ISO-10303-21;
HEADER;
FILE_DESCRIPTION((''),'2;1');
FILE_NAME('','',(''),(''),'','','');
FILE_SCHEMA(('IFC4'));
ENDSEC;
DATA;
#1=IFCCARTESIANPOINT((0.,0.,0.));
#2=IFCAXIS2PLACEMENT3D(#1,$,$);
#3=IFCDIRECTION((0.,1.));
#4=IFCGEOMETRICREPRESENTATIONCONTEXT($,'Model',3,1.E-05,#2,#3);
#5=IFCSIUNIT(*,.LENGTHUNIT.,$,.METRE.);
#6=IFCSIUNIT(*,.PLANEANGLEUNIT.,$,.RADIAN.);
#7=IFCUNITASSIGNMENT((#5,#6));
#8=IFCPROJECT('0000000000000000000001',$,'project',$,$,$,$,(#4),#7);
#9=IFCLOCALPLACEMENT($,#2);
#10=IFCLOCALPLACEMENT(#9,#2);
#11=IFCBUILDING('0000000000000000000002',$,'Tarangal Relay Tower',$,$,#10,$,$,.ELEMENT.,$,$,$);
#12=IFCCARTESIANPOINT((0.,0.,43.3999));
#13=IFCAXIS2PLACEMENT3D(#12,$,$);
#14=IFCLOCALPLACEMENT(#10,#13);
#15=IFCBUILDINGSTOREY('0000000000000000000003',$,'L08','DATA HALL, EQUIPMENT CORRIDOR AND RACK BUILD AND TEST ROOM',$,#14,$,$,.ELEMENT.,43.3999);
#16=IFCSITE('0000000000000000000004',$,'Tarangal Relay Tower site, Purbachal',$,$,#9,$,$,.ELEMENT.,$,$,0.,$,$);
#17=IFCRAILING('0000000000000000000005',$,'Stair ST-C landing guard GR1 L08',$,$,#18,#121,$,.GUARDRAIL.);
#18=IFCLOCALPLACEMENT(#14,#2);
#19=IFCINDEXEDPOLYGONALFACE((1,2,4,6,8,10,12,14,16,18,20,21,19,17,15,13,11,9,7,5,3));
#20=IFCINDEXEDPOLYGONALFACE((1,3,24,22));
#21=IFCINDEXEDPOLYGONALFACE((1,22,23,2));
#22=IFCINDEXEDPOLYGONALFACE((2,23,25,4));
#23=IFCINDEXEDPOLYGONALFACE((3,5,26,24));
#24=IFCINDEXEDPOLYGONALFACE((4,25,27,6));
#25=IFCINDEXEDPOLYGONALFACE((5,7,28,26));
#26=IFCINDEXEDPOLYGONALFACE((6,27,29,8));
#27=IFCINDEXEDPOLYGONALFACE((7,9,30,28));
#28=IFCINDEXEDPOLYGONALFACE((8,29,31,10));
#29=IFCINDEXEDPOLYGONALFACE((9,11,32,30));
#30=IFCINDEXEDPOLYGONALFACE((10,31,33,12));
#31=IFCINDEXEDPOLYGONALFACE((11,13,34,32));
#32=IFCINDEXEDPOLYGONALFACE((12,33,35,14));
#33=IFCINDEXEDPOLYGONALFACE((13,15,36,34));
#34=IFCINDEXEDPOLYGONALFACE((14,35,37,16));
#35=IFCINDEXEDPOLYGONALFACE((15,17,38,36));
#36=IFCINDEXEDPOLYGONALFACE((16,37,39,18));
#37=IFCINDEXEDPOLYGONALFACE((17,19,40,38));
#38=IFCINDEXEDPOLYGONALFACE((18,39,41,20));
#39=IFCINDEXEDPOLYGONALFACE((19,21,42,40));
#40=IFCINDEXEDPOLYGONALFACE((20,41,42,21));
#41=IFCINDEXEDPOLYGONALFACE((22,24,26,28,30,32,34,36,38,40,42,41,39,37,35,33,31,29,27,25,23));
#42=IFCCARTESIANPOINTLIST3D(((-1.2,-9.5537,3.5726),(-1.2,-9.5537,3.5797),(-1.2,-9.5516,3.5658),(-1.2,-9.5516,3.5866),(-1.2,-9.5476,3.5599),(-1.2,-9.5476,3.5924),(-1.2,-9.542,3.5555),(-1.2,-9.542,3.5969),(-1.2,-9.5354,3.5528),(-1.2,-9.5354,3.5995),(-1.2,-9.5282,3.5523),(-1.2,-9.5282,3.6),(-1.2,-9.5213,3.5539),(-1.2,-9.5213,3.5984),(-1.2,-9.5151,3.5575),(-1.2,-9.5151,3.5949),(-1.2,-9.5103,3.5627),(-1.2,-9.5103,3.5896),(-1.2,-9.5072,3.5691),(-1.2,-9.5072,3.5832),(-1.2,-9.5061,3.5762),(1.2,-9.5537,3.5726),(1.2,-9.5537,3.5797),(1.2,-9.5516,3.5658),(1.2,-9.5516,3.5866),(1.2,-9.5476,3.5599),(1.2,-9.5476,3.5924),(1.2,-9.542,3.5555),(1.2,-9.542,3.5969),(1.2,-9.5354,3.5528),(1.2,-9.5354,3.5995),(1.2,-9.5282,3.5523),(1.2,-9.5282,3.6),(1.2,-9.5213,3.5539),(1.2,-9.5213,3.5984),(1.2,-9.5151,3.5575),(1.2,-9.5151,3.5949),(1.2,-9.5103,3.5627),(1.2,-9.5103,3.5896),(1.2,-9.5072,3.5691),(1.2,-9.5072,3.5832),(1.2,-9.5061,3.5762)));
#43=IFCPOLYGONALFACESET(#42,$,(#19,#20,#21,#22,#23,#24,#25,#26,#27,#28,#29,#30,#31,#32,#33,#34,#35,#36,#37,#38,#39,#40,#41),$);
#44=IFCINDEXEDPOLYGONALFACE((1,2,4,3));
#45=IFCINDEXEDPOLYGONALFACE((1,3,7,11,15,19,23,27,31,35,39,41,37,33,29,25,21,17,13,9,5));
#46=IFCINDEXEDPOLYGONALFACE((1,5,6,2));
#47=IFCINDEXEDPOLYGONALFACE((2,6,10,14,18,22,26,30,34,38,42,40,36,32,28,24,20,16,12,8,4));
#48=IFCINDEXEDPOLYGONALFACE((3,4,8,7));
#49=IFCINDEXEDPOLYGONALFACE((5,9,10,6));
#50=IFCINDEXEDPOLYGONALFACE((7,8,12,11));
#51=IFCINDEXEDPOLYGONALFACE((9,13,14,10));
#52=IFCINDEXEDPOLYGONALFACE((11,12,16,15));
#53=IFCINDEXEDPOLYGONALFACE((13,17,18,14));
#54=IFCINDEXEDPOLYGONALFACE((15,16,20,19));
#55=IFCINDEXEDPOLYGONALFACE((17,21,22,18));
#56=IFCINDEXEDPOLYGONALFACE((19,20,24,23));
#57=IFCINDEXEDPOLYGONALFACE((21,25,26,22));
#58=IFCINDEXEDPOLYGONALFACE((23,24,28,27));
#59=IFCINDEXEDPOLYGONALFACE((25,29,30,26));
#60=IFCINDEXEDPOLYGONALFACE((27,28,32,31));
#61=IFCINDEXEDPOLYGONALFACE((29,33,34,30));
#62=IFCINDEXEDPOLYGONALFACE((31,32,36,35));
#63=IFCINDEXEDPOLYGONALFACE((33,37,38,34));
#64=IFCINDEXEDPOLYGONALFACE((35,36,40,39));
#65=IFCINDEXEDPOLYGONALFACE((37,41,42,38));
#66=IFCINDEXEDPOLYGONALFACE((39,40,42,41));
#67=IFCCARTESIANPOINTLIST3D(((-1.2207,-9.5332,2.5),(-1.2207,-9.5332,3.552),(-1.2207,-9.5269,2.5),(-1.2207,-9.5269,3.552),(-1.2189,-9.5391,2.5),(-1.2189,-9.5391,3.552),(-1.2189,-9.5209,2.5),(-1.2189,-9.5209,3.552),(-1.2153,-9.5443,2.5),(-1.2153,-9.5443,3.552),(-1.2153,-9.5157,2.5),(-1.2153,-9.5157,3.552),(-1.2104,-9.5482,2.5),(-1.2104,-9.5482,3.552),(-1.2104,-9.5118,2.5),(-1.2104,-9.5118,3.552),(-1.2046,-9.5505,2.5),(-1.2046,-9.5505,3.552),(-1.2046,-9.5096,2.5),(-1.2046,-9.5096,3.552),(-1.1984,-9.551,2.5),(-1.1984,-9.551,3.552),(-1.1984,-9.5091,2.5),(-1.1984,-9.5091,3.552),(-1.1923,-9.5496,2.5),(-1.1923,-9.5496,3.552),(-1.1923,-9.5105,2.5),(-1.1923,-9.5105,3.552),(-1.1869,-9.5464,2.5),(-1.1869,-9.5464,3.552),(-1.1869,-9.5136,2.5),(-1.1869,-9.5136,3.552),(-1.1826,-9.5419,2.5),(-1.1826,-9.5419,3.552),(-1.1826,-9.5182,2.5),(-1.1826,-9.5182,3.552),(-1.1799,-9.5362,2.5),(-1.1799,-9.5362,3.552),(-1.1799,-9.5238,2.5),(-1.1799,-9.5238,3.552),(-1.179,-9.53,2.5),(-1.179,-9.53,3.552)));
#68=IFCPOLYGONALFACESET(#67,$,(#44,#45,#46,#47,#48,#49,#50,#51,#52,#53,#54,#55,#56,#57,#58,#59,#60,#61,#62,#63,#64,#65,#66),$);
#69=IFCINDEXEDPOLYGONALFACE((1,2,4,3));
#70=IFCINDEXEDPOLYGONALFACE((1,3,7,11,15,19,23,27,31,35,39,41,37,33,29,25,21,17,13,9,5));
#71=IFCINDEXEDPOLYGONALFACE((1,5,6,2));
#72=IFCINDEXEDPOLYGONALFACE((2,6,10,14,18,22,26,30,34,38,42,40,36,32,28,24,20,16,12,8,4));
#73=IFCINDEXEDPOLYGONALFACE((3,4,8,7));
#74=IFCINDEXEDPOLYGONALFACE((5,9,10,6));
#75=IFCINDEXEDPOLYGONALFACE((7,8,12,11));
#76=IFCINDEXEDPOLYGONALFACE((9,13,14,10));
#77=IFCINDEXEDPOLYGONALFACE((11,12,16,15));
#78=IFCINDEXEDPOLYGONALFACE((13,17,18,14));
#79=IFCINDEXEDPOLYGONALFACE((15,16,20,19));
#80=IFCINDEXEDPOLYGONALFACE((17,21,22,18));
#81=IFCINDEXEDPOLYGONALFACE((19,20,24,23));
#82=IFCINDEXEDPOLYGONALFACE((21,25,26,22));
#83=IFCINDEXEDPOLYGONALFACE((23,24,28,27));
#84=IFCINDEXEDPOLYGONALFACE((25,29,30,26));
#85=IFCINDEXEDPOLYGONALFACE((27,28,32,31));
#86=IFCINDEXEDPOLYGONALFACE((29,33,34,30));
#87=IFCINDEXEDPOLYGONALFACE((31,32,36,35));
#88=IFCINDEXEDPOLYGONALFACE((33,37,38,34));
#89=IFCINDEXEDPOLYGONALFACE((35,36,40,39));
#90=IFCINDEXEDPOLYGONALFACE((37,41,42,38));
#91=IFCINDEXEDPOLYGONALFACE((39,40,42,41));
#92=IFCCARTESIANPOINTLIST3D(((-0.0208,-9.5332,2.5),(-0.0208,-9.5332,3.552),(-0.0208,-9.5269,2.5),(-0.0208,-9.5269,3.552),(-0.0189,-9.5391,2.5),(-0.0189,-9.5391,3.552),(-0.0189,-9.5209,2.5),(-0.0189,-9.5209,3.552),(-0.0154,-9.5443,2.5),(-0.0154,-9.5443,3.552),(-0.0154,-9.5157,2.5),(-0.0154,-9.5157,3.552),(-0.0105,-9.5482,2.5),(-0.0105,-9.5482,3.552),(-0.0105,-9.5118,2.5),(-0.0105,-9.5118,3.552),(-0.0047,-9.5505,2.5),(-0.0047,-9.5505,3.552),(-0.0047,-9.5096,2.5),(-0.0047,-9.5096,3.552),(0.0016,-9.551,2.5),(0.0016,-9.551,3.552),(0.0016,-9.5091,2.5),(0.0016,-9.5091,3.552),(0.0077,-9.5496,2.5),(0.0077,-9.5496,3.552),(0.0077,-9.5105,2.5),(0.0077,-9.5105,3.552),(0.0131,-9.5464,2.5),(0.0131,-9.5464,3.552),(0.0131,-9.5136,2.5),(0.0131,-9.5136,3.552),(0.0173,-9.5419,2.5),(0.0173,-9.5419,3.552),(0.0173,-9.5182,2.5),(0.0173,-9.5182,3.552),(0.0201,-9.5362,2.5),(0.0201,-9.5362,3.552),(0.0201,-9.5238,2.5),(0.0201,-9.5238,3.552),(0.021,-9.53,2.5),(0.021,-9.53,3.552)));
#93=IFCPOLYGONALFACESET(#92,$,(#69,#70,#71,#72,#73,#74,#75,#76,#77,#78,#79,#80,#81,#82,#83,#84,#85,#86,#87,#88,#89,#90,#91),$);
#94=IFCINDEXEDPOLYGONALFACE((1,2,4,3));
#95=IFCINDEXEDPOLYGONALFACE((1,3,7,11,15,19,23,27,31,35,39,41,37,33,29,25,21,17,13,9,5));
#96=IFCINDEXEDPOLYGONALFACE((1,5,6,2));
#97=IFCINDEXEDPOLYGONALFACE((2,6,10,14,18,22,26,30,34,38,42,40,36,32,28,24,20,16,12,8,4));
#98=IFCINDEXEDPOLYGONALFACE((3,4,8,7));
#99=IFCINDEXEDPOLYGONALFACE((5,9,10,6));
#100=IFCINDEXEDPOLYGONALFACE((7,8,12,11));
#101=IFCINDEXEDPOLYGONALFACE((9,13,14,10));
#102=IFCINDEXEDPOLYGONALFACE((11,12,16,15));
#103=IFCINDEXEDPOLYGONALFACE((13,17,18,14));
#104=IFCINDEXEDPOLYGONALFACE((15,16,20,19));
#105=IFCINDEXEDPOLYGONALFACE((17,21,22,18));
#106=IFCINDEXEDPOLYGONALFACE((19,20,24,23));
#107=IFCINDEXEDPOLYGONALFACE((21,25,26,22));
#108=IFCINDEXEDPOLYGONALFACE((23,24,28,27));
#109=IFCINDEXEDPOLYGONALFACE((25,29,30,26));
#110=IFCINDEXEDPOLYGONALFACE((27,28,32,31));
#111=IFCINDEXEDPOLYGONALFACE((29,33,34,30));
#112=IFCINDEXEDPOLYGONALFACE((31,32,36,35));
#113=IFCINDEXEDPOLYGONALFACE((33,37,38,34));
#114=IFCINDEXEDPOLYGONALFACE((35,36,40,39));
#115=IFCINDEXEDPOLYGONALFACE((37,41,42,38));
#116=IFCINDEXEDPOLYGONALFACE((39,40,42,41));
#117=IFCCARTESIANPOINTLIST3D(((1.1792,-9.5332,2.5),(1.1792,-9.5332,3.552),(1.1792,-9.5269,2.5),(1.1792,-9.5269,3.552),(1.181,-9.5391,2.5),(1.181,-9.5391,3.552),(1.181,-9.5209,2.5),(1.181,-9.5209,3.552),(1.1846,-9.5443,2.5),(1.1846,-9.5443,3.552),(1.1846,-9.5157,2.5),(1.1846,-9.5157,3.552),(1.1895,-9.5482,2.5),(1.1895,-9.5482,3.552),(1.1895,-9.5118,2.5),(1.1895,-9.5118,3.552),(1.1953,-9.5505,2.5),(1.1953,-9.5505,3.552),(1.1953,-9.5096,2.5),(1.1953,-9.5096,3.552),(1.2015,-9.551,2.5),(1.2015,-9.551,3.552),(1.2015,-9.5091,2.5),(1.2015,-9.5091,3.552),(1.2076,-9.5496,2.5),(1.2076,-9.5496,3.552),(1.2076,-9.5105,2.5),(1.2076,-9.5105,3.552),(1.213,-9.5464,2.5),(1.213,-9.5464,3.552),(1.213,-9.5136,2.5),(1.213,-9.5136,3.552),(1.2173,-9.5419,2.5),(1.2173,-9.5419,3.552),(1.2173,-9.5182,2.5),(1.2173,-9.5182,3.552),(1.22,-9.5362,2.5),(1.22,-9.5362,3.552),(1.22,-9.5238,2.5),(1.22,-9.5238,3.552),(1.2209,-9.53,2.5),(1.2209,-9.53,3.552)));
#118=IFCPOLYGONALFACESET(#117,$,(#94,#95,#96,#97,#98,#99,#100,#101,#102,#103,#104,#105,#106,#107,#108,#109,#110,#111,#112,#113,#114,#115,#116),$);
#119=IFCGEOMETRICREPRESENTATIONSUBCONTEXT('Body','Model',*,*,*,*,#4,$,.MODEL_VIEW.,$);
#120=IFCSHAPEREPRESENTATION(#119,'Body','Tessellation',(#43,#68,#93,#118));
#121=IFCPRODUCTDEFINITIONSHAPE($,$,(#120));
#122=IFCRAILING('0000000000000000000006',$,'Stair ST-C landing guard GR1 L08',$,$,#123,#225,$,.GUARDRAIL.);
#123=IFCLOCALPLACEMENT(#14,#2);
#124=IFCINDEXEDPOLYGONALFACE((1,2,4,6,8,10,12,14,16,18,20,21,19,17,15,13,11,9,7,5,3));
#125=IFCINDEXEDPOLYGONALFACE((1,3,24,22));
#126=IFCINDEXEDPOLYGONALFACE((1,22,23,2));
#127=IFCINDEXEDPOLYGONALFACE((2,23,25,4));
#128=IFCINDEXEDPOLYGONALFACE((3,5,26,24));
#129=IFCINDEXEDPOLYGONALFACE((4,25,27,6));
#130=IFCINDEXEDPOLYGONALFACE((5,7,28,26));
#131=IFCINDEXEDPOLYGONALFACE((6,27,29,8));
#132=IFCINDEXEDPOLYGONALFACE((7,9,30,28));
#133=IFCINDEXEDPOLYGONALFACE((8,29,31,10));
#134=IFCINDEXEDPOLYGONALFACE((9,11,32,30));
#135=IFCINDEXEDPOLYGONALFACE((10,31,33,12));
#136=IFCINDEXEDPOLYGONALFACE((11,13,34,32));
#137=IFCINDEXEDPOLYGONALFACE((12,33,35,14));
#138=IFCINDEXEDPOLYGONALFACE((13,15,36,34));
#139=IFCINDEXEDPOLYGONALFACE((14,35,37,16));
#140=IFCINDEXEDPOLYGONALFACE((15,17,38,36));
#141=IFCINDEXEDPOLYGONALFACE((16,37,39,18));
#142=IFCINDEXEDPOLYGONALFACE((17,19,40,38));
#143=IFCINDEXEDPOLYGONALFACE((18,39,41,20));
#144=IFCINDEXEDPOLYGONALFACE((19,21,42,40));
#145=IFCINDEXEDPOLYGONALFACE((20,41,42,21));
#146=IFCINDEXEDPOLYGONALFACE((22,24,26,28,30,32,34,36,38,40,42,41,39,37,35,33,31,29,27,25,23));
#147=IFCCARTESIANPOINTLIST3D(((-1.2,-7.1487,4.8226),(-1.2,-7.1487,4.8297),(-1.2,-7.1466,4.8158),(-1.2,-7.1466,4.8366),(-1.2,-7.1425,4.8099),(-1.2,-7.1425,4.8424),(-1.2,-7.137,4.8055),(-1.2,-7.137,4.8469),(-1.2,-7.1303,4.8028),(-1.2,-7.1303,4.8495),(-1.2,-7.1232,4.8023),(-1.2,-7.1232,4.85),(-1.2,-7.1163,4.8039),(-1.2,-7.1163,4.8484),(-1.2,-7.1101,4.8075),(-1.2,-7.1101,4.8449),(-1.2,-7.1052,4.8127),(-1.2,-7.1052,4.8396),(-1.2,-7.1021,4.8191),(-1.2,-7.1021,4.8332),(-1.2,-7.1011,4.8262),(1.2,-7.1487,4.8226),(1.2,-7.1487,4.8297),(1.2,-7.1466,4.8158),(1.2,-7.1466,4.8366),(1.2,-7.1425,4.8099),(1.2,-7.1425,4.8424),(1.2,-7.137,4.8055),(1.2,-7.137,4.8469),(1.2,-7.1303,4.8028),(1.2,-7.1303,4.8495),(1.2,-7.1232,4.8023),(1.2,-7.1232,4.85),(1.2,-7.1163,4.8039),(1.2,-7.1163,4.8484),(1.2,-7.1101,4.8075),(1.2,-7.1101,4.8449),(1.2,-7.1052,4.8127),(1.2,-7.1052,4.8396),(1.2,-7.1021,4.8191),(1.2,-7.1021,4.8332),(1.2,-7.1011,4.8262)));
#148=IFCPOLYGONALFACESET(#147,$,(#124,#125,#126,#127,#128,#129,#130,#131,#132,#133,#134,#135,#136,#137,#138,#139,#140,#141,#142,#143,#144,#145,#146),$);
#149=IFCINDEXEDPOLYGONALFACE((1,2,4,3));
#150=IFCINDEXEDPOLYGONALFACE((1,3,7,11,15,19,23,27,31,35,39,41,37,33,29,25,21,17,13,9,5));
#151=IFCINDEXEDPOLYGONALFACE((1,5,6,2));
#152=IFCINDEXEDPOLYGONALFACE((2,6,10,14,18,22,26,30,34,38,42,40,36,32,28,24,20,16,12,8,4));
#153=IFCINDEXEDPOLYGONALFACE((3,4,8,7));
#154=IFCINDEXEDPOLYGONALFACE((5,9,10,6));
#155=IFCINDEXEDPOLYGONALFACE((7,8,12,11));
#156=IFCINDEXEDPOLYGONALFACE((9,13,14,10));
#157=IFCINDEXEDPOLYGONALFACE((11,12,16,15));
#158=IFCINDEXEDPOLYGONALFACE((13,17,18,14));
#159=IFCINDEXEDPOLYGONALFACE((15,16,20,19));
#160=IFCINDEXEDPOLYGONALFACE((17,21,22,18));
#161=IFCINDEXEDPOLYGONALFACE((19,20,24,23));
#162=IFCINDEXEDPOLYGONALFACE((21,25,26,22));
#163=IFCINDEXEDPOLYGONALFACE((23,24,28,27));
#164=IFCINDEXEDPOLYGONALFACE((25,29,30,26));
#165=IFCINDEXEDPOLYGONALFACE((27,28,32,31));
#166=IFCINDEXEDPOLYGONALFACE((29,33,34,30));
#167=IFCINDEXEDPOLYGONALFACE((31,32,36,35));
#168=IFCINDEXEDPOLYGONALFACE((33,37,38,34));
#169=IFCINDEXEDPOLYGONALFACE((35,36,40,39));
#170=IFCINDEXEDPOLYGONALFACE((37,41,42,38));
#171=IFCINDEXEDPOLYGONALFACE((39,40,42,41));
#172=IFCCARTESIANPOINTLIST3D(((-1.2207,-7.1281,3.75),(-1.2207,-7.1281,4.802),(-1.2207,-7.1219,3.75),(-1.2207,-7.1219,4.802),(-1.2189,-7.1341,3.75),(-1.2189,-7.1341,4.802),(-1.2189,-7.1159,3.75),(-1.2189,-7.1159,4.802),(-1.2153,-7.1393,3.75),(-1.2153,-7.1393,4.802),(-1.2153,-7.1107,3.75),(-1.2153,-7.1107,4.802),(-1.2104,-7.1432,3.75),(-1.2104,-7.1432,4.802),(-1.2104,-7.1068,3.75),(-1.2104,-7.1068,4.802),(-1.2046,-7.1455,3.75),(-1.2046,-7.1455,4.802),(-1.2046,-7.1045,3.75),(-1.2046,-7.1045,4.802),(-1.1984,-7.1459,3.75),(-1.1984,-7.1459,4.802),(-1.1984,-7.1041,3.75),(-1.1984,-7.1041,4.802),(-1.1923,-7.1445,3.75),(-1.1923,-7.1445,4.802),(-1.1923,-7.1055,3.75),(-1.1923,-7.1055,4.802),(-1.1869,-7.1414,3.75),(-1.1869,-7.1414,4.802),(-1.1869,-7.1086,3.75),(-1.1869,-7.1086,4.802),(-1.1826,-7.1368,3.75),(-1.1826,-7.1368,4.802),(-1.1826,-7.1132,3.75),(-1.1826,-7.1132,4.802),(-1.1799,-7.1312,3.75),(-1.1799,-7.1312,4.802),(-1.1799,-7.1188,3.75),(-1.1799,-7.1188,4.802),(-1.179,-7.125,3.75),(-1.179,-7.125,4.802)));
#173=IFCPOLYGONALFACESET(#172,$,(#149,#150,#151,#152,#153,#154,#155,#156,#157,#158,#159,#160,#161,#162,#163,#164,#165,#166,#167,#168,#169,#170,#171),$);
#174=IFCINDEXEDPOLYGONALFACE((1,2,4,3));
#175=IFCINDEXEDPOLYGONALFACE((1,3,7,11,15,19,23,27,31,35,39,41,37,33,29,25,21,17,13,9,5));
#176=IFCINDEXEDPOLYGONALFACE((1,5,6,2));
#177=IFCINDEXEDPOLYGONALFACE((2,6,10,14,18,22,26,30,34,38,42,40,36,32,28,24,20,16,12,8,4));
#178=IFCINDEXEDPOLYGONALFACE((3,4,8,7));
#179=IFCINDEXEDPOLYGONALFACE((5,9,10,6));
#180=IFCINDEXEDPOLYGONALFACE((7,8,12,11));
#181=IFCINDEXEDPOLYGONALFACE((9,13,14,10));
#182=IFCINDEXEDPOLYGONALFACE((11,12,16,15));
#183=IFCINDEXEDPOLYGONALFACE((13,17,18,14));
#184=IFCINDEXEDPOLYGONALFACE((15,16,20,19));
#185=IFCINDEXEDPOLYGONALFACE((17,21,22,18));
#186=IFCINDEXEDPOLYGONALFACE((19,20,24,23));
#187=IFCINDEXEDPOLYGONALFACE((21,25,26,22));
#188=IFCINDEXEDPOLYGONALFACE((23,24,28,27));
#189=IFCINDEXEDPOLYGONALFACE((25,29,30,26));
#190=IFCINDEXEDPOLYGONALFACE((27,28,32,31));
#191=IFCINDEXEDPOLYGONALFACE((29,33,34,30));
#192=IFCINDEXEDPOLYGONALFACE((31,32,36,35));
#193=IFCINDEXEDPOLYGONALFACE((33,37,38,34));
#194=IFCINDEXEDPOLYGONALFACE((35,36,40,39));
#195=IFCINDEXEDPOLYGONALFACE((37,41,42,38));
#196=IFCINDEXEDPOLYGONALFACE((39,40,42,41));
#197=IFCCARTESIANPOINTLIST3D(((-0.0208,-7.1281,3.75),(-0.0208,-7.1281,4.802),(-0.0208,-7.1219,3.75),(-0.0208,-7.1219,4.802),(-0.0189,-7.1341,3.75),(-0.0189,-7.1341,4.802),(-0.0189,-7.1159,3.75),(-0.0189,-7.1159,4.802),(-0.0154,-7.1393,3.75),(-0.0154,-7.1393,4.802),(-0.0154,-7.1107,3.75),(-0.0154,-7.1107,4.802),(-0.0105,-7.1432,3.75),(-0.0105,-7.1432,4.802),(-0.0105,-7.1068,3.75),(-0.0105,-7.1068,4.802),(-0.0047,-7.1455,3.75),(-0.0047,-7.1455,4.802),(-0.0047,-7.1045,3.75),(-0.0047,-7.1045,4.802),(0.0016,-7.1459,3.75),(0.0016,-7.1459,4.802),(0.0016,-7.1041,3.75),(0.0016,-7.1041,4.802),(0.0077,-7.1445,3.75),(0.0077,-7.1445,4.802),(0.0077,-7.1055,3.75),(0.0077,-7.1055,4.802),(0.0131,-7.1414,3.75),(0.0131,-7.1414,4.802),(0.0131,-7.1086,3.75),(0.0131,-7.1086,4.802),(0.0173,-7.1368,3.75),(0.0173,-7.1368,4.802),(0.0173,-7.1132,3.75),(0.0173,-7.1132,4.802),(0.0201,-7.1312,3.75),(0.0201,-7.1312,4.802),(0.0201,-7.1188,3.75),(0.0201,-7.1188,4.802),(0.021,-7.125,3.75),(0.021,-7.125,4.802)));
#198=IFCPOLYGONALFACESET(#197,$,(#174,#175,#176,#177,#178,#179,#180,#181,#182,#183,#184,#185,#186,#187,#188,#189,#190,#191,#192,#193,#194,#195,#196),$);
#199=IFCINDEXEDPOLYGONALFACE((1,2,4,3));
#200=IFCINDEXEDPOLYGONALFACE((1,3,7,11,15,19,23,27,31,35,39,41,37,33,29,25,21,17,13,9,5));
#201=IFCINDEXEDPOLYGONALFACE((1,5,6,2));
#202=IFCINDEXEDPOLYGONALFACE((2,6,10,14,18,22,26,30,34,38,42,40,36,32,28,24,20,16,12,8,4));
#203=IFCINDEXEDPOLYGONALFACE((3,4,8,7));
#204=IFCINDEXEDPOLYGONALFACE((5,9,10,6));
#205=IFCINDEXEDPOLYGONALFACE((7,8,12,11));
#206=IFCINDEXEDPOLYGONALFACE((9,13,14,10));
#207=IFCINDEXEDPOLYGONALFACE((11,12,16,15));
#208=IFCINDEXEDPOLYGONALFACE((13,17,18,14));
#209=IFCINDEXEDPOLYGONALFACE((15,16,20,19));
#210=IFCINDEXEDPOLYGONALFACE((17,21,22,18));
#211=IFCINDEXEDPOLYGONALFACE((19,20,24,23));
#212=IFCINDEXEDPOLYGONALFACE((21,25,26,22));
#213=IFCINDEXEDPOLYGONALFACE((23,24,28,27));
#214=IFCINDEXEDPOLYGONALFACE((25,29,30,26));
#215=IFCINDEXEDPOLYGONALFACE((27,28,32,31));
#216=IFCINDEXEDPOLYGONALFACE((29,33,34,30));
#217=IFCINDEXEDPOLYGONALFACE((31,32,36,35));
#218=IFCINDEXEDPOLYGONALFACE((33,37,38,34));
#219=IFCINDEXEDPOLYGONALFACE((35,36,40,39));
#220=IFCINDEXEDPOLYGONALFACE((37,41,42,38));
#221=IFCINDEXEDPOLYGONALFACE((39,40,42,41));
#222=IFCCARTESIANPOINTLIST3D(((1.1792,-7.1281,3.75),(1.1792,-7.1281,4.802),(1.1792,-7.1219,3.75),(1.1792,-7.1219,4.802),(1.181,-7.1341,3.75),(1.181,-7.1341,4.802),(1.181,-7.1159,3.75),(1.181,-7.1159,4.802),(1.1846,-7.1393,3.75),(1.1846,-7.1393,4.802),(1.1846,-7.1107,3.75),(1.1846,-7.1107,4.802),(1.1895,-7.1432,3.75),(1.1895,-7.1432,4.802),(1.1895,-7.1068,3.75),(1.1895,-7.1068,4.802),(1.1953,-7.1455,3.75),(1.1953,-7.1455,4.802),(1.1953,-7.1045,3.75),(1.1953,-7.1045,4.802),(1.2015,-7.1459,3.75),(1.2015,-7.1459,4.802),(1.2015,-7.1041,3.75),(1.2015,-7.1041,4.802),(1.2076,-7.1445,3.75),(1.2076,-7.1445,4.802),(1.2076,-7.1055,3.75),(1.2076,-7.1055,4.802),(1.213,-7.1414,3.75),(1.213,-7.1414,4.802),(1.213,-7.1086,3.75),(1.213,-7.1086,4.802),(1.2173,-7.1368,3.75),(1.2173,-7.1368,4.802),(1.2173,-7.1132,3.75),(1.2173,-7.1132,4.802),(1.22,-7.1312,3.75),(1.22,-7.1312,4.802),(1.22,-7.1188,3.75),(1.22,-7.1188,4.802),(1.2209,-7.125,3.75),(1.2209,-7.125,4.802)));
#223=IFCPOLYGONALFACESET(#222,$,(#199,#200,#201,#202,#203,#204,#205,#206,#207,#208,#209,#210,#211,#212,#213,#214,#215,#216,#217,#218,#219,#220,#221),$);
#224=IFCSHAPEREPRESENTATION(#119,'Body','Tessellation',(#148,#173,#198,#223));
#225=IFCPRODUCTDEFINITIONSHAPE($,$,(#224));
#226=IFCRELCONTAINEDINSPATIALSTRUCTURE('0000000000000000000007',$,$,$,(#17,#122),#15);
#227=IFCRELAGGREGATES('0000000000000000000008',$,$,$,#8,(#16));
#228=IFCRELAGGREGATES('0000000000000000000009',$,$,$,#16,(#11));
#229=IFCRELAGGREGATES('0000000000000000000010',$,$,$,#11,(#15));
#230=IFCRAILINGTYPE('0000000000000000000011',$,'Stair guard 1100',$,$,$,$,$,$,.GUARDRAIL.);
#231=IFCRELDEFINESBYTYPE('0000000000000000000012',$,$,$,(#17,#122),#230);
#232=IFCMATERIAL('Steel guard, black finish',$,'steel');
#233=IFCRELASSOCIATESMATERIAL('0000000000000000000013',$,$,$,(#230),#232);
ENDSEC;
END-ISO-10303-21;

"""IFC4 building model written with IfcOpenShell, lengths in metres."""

from ifc_helpers import new_model, si_unit, direction, frame, origin, origin_2d, place, context, subcontext, project, spatial, circle, extrude, material, type_object, element, save


model = new_model("IFC4")

# Units and contexts
model_context = context("Model", 3, precision=1e-05, world=origin(), true_north=direction((0.0, 1.0)))
body_context = subcontext(model_context, "Body", "Model", "MODEL_VIEW")
ifc_project = project(units=[si_unit("LENGTHUNIT", "METRE"), si_unit("PLANEANGLEUNIT", "RADIAN")], contexts=[model_context])

# Site, building, storey
site_placement = place(None, origin())
site = spatial("IfcSite", under=ifc_project, at=site_placement, Name="Tarangal Relay Tower site, Purbachal", CompositionType="ELEMENT", RefElevation=0.0)
building_placement = place(site_placement, origin())
building = spatial("IfcBuilding", under=site, at=building_placement, Name="Tarangal Relay Tower", CompositionType="ELEMENT")
storey_placement = place(building_placement, frame((0.0, 0.0, 43.3999)))
storey = spatial("IfcBuildingStorey", under=building, at=storey_placement, Name="L08", Description="DATA HALL, EQUIPMENT CORRIDOR AND RACK BUILD AND TEST ROOM", CompositionType="ELEMENT", Elevation=43.3999)

# Railings
ifc_material_1 = material(Name="Steel guard, black finish", Category="steel")
railing_type_1 = type_object("IfcRailingType", Name="Stair guard 1100", PredefinedType="GUARDRAIL", material=ifc_material_1)
for number, where, name in (
    (1, (-1.2, -9.53, 2.5), "Stair ST-C landing guard GR1 L08"),
    (2, (-1.2, -7.125, 3.75), "Stair ST-C landing guard GR1 L08"),
):
    element("IfcRailing", number, at=place(storey_placement, frame(where)), inside=storey, type_object=railing_type_1, Name=name, PredefinedType="GUARDRAIL", context=body_context, shape_type="SweptSolid", body=[
        extrude(circle(Radius=0.0239, at=origin_2d()), frame((0.0, 0.0, 1.0762), z_axis=(1.0, 0.0, 0.0), x_axis=(0.0, 1.0, 0.0)), (0.0, 0.0, 1.0), 2.3999),
        extrude(circle(Radius=0.021, at=origin_2d()), origin(), (0.0, 0.0, 1.0), 1.052),
        extrude(circle(Radius=0.021, at=origin_2d()), frame((1.2, 0.0, 0.0)), (0.0, 0.0, 1.0), 1.052),
        extrude(circle(Radius=0.021, at=origin_2d()), frame((2.3999, 0.0, 0.0)), (0.0, 0.0, 1.0), 1.052),
    ])

save(model, "model.ifc")
